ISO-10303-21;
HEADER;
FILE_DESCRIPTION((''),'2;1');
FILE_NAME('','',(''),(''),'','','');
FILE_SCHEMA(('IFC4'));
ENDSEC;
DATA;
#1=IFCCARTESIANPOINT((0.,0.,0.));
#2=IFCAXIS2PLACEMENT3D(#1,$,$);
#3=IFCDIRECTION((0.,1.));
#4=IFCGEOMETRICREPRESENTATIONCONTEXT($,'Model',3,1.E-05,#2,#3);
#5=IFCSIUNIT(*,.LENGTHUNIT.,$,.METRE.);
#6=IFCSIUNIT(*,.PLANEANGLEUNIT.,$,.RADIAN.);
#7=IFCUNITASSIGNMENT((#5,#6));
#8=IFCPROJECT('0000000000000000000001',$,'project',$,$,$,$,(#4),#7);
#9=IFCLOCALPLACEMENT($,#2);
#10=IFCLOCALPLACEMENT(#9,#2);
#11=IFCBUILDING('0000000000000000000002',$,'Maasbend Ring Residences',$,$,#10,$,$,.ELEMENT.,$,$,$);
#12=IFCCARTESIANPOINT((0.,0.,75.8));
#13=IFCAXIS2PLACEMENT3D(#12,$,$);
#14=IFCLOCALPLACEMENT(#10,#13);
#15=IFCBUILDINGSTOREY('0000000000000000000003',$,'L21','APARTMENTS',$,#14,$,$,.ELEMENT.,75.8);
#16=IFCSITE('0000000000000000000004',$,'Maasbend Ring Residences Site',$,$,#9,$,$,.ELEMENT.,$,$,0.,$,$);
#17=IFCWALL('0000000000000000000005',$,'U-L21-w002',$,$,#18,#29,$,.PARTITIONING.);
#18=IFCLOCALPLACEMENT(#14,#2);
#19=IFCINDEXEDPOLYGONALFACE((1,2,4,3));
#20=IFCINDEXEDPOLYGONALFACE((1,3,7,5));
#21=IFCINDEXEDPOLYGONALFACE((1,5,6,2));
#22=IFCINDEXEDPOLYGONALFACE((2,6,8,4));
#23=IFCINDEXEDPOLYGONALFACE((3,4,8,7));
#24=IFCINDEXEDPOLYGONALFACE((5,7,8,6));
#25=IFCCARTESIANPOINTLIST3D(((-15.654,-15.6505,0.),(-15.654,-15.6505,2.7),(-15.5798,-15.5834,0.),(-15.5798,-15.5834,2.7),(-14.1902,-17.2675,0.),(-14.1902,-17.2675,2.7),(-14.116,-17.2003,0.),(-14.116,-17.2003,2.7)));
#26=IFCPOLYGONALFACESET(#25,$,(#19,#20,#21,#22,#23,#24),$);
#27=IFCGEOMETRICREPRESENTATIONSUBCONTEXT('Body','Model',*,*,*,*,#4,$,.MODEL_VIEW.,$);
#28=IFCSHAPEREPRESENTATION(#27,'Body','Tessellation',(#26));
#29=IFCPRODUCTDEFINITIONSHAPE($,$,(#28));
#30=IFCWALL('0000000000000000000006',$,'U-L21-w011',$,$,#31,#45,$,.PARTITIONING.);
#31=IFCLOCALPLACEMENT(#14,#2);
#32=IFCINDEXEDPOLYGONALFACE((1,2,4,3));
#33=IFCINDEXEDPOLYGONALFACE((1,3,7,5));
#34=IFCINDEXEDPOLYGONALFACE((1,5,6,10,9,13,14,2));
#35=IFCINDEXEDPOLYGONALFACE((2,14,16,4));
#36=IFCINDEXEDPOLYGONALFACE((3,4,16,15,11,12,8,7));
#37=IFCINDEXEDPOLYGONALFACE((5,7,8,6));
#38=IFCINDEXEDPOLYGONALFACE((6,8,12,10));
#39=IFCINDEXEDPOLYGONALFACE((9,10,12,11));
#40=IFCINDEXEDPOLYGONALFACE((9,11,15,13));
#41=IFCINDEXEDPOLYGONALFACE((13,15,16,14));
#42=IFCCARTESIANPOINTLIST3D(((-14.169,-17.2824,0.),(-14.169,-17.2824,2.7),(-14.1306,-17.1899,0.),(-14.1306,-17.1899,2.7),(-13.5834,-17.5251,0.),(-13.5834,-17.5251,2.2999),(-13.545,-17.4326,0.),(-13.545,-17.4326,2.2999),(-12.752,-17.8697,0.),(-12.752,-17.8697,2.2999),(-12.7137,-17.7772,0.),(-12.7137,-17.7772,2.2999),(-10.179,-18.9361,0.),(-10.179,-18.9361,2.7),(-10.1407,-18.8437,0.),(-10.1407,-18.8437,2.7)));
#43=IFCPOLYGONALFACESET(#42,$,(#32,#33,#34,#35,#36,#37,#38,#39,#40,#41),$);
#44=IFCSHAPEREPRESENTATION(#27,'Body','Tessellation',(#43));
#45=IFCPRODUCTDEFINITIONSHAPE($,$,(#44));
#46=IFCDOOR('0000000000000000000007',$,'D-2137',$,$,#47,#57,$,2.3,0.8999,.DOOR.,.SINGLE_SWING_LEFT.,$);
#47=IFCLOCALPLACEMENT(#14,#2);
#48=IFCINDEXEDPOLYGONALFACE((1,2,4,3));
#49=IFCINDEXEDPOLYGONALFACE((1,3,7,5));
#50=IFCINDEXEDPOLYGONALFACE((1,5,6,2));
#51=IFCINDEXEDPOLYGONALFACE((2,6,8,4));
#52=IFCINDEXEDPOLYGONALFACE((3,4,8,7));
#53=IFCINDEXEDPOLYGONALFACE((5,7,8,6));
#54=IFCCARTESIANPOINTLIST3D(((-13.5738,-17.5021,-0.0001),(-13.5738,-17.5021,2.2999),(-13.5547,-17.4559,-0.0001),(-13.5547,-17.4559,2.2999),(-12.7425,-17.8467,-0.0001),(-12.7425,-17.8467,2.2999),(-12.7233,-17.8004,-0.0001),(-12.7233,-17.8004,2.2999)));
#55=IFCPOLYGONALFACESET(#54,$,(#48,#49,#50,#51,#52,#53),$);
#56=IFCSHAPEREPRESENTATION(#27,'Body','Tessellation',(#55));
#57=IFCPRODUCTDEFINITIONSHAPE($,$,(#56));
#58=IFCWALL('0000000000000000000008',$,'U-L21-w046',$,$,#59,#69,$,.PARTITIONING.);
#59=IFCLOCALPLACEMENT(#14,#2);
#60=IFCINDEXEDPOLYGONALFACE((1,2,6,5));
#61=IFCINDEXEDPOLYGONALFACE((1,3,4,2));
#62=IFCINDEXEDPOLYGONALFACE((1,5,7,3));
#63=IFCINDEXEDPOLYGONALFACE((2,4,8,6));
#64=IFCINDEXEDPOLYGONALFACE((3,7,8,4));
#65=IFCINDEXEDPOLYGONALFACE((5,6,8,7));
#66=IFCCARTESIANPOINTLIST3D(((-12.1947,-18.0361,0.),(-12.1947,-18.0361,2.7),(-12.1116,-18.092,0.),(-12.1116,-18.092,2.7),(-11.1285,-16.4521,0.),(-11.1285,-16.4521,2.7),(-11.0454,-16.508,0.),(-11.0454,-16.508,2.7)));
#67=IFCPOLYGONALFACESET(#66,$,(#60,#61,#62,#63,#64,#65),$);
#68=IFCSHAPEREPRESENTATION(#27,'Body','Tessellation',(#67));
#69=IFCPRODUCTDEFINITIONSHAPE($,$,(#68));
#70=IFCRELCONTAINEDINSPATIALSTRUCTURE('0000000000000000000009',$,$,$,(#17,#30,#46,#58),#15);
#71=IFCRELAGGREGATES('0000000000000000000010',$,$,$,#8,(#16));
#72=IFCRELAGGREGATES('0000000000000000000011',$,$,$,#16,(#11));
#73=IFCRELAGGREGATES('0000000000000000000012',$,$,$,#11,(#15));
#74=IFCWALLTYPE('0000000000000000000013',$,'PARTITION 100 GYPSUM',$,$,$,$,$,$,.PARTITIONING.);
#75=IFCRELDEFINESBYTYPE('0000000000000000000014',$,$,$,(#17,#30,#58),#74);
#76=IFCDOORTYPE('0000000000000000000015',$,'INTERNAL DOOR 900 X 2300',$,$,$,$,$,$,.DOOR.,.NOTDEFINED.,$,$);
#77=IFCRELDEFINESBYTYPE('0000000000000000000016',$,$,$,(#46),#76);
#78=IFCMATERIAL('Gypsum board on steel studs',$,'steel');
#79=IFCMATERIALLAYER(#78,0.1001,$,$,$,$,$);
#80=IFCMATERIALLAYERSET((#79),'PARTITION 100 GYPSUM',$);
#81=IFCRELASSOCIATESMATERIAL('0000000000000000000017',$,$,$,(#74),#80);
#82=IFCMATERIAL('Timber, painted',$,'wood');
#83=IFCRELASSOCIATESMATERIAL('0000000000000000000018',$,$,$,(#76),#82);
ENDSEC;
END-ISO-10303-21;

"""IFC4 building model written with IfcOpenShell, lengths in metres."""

from ifc_helpers import new_model, si_unit, direction, frame, frame_2d, origin, place, context, subcontext, project, spatial, rectangle, extrude, material, layer, layer_set, type_object, element, fill, save


model = new_model("IFC4")

# Units and contexts
model_context = context("Model", 3, precision=1e-05, world=origin(), true_north=direction((0.0, 1.0)))
body_context = subcontext(model_context, "Body", "Model", "MODEL_VIEW")
ifc_project = project(units=[si_unit("LENGTHUNIT", "METRE"), si_unit("PLANEANGLEUNIT", "RADIAN")], contexts=[model_context])

# Site, building, storey
site_placement = place(None, origin())
site = spatial("IfcSite", under=ifc_project, at=site_placement, Name="Maasbend Ring Residences Site", CompositionType="ELEMENT", RefElevation=0.0)
building_placement = place(site_placement, origin())
building = spatial("IfcBuilding", under=site, at=building_placement, Name="Maasbend Ring Residences", CompositionType="ELEMENT")
storey_placement = place(building_placement, frame((0.0, 0.0, 75.8)))
storey = spatial("IfcBuildingStorey", under=building, at=storey_placement, Name="L21", Description="APARTMENTS", CompositionType="ELEMENT", Elevation=75.8)

# Wall
ifc_material_1 = material(Name="Gypsum board on steel studs", Category="steel")
ifc_layer_1 = layer(ifc_material_1, 0.1001)
ifc_layer_set_1 = layer_set([ifc_layer_1], Name="PARTITION 100 GYPSUM")
wall_type_1 = type_object("IfcWallType", Name="PARTITION 100 GYPSUM", PredefinedType="PARTITIONING", material=ifc_layer_set_1)
wall_1_placement = place(storey_placement, frame((-15.6169, -15.6169, 0.0), z_axis=(0.0, 0.0, 1.0), x_axis=(0.671145, -0.741326, 0.0)))
element("IfcWall", 1, at=wall_1_placement, inside=storey, type_object=wall_type_1, Name="U-L21-w002", PredefinedType="PARTITIONING", context=body_context, shape_type="SweptSolid", body=[
    extrude(rectangle(XDim=2.1812, YDim=0.1001, at=frame_2d((1.0906, 0.0))), origin(), (0.0, 0.0, 1.0), 2.7),
])

# Wall, opening, door
wall_2_placement = place(storey_placement, frame((-14.1499, -17.2361, 0.0), z_axis=(0.0, 0.0, 1.0), x_axis=(0.923789, -0.382901, 0.0)))
wall_2 = element("IfcWall", 2, at=wall_2_placement, inside=storey, type_object=wall_type_1, Name="U-L21-w011", PredefinedType="PARTITIONING", context=body_context, shape_type="SweptSolid", body=[
    extrude(rectangle(XDim=4.3191, YDim=0.1001, at=frame_2d((2.1597, 0.0))), origin(), (0.0, 0.0, 1.0), 2.7),
])
opening_1_placement = place(wall_2_placement, frame((0.634, 0.0, 0.0)))
opening_1 = element("IfcOpeningElement", 3, at=opening_1_placement, cuts=wall_2, PredefinedType="OPENING", context=body_context, shape_type="SweptSolid", body=[
    extrude(rectangle(XDim=0.8999, YDim=2.3, at=frame_2d((0.45, 1.1499))), frame((0.0, 0.0601, 0.0), z_axis=(0.0, -1.0, 0.0), x_axis=(1.0, 0.0, 0.0)), (0.0, 0.0, 1.0), 0.1201),
])
ifc_material_2 = material(Name="Timber, painted", Category="wood")
door_type_1 = type_object("IfcDoorType", Name="INTERNAL DOOR 900 X 2300", OperationType="NOTDEFINED", PredefinedType="DOOR", material=ifc_material_2)
door_1_placement = place(opening_1_placement, origin())
door_1 = element("IfcDoor", 4, at=door_1_placement, inside=storey, type_object=door_type_1, Name="D-2137", OperationType="SINGLE_SWING_LEFT", OverallHeight=2.3, OverallWidth=0.8999, PredefinedType="DOOR", context=body_context, shape_type="SweptSolid", body=[
    extrude(rectangle(XDim=0.8999, YDim=2.3, at=frame_2d((0.45, 1.1499))), frame((0.0, 0.0249, 0.0), z_axis=(0.0, -1.0, 0.0), x_axis=(1.0, 0.0, 0.0)), (0.0, 0.0, 1.0), 0.05),
])
fill(opening_1, door_1)

# Wall
wall_3_placement = place(storey_placement, frame((-12.1531, -18.064, 0.0), z_axis=(0.0, 0.0, 1.0), x_axis=(0.558383, 0.829583, 0.0)))
element("IfcWall", 5, at=wall_3_placement, inside=storey, type_object=wall_type_1, Name="U-L21-w046", PredefinedType="PARTITIONING", context=body_context, shape_type="SweptSolid", body=[
    extrude(rectangle(XDim=1.9094, YDim=0.1001, at=frame_2d((0.9546, 0.0))), origin(), (0.0, 0.0, 1.0), 2.7),
])

save(model, "model.ifc")
